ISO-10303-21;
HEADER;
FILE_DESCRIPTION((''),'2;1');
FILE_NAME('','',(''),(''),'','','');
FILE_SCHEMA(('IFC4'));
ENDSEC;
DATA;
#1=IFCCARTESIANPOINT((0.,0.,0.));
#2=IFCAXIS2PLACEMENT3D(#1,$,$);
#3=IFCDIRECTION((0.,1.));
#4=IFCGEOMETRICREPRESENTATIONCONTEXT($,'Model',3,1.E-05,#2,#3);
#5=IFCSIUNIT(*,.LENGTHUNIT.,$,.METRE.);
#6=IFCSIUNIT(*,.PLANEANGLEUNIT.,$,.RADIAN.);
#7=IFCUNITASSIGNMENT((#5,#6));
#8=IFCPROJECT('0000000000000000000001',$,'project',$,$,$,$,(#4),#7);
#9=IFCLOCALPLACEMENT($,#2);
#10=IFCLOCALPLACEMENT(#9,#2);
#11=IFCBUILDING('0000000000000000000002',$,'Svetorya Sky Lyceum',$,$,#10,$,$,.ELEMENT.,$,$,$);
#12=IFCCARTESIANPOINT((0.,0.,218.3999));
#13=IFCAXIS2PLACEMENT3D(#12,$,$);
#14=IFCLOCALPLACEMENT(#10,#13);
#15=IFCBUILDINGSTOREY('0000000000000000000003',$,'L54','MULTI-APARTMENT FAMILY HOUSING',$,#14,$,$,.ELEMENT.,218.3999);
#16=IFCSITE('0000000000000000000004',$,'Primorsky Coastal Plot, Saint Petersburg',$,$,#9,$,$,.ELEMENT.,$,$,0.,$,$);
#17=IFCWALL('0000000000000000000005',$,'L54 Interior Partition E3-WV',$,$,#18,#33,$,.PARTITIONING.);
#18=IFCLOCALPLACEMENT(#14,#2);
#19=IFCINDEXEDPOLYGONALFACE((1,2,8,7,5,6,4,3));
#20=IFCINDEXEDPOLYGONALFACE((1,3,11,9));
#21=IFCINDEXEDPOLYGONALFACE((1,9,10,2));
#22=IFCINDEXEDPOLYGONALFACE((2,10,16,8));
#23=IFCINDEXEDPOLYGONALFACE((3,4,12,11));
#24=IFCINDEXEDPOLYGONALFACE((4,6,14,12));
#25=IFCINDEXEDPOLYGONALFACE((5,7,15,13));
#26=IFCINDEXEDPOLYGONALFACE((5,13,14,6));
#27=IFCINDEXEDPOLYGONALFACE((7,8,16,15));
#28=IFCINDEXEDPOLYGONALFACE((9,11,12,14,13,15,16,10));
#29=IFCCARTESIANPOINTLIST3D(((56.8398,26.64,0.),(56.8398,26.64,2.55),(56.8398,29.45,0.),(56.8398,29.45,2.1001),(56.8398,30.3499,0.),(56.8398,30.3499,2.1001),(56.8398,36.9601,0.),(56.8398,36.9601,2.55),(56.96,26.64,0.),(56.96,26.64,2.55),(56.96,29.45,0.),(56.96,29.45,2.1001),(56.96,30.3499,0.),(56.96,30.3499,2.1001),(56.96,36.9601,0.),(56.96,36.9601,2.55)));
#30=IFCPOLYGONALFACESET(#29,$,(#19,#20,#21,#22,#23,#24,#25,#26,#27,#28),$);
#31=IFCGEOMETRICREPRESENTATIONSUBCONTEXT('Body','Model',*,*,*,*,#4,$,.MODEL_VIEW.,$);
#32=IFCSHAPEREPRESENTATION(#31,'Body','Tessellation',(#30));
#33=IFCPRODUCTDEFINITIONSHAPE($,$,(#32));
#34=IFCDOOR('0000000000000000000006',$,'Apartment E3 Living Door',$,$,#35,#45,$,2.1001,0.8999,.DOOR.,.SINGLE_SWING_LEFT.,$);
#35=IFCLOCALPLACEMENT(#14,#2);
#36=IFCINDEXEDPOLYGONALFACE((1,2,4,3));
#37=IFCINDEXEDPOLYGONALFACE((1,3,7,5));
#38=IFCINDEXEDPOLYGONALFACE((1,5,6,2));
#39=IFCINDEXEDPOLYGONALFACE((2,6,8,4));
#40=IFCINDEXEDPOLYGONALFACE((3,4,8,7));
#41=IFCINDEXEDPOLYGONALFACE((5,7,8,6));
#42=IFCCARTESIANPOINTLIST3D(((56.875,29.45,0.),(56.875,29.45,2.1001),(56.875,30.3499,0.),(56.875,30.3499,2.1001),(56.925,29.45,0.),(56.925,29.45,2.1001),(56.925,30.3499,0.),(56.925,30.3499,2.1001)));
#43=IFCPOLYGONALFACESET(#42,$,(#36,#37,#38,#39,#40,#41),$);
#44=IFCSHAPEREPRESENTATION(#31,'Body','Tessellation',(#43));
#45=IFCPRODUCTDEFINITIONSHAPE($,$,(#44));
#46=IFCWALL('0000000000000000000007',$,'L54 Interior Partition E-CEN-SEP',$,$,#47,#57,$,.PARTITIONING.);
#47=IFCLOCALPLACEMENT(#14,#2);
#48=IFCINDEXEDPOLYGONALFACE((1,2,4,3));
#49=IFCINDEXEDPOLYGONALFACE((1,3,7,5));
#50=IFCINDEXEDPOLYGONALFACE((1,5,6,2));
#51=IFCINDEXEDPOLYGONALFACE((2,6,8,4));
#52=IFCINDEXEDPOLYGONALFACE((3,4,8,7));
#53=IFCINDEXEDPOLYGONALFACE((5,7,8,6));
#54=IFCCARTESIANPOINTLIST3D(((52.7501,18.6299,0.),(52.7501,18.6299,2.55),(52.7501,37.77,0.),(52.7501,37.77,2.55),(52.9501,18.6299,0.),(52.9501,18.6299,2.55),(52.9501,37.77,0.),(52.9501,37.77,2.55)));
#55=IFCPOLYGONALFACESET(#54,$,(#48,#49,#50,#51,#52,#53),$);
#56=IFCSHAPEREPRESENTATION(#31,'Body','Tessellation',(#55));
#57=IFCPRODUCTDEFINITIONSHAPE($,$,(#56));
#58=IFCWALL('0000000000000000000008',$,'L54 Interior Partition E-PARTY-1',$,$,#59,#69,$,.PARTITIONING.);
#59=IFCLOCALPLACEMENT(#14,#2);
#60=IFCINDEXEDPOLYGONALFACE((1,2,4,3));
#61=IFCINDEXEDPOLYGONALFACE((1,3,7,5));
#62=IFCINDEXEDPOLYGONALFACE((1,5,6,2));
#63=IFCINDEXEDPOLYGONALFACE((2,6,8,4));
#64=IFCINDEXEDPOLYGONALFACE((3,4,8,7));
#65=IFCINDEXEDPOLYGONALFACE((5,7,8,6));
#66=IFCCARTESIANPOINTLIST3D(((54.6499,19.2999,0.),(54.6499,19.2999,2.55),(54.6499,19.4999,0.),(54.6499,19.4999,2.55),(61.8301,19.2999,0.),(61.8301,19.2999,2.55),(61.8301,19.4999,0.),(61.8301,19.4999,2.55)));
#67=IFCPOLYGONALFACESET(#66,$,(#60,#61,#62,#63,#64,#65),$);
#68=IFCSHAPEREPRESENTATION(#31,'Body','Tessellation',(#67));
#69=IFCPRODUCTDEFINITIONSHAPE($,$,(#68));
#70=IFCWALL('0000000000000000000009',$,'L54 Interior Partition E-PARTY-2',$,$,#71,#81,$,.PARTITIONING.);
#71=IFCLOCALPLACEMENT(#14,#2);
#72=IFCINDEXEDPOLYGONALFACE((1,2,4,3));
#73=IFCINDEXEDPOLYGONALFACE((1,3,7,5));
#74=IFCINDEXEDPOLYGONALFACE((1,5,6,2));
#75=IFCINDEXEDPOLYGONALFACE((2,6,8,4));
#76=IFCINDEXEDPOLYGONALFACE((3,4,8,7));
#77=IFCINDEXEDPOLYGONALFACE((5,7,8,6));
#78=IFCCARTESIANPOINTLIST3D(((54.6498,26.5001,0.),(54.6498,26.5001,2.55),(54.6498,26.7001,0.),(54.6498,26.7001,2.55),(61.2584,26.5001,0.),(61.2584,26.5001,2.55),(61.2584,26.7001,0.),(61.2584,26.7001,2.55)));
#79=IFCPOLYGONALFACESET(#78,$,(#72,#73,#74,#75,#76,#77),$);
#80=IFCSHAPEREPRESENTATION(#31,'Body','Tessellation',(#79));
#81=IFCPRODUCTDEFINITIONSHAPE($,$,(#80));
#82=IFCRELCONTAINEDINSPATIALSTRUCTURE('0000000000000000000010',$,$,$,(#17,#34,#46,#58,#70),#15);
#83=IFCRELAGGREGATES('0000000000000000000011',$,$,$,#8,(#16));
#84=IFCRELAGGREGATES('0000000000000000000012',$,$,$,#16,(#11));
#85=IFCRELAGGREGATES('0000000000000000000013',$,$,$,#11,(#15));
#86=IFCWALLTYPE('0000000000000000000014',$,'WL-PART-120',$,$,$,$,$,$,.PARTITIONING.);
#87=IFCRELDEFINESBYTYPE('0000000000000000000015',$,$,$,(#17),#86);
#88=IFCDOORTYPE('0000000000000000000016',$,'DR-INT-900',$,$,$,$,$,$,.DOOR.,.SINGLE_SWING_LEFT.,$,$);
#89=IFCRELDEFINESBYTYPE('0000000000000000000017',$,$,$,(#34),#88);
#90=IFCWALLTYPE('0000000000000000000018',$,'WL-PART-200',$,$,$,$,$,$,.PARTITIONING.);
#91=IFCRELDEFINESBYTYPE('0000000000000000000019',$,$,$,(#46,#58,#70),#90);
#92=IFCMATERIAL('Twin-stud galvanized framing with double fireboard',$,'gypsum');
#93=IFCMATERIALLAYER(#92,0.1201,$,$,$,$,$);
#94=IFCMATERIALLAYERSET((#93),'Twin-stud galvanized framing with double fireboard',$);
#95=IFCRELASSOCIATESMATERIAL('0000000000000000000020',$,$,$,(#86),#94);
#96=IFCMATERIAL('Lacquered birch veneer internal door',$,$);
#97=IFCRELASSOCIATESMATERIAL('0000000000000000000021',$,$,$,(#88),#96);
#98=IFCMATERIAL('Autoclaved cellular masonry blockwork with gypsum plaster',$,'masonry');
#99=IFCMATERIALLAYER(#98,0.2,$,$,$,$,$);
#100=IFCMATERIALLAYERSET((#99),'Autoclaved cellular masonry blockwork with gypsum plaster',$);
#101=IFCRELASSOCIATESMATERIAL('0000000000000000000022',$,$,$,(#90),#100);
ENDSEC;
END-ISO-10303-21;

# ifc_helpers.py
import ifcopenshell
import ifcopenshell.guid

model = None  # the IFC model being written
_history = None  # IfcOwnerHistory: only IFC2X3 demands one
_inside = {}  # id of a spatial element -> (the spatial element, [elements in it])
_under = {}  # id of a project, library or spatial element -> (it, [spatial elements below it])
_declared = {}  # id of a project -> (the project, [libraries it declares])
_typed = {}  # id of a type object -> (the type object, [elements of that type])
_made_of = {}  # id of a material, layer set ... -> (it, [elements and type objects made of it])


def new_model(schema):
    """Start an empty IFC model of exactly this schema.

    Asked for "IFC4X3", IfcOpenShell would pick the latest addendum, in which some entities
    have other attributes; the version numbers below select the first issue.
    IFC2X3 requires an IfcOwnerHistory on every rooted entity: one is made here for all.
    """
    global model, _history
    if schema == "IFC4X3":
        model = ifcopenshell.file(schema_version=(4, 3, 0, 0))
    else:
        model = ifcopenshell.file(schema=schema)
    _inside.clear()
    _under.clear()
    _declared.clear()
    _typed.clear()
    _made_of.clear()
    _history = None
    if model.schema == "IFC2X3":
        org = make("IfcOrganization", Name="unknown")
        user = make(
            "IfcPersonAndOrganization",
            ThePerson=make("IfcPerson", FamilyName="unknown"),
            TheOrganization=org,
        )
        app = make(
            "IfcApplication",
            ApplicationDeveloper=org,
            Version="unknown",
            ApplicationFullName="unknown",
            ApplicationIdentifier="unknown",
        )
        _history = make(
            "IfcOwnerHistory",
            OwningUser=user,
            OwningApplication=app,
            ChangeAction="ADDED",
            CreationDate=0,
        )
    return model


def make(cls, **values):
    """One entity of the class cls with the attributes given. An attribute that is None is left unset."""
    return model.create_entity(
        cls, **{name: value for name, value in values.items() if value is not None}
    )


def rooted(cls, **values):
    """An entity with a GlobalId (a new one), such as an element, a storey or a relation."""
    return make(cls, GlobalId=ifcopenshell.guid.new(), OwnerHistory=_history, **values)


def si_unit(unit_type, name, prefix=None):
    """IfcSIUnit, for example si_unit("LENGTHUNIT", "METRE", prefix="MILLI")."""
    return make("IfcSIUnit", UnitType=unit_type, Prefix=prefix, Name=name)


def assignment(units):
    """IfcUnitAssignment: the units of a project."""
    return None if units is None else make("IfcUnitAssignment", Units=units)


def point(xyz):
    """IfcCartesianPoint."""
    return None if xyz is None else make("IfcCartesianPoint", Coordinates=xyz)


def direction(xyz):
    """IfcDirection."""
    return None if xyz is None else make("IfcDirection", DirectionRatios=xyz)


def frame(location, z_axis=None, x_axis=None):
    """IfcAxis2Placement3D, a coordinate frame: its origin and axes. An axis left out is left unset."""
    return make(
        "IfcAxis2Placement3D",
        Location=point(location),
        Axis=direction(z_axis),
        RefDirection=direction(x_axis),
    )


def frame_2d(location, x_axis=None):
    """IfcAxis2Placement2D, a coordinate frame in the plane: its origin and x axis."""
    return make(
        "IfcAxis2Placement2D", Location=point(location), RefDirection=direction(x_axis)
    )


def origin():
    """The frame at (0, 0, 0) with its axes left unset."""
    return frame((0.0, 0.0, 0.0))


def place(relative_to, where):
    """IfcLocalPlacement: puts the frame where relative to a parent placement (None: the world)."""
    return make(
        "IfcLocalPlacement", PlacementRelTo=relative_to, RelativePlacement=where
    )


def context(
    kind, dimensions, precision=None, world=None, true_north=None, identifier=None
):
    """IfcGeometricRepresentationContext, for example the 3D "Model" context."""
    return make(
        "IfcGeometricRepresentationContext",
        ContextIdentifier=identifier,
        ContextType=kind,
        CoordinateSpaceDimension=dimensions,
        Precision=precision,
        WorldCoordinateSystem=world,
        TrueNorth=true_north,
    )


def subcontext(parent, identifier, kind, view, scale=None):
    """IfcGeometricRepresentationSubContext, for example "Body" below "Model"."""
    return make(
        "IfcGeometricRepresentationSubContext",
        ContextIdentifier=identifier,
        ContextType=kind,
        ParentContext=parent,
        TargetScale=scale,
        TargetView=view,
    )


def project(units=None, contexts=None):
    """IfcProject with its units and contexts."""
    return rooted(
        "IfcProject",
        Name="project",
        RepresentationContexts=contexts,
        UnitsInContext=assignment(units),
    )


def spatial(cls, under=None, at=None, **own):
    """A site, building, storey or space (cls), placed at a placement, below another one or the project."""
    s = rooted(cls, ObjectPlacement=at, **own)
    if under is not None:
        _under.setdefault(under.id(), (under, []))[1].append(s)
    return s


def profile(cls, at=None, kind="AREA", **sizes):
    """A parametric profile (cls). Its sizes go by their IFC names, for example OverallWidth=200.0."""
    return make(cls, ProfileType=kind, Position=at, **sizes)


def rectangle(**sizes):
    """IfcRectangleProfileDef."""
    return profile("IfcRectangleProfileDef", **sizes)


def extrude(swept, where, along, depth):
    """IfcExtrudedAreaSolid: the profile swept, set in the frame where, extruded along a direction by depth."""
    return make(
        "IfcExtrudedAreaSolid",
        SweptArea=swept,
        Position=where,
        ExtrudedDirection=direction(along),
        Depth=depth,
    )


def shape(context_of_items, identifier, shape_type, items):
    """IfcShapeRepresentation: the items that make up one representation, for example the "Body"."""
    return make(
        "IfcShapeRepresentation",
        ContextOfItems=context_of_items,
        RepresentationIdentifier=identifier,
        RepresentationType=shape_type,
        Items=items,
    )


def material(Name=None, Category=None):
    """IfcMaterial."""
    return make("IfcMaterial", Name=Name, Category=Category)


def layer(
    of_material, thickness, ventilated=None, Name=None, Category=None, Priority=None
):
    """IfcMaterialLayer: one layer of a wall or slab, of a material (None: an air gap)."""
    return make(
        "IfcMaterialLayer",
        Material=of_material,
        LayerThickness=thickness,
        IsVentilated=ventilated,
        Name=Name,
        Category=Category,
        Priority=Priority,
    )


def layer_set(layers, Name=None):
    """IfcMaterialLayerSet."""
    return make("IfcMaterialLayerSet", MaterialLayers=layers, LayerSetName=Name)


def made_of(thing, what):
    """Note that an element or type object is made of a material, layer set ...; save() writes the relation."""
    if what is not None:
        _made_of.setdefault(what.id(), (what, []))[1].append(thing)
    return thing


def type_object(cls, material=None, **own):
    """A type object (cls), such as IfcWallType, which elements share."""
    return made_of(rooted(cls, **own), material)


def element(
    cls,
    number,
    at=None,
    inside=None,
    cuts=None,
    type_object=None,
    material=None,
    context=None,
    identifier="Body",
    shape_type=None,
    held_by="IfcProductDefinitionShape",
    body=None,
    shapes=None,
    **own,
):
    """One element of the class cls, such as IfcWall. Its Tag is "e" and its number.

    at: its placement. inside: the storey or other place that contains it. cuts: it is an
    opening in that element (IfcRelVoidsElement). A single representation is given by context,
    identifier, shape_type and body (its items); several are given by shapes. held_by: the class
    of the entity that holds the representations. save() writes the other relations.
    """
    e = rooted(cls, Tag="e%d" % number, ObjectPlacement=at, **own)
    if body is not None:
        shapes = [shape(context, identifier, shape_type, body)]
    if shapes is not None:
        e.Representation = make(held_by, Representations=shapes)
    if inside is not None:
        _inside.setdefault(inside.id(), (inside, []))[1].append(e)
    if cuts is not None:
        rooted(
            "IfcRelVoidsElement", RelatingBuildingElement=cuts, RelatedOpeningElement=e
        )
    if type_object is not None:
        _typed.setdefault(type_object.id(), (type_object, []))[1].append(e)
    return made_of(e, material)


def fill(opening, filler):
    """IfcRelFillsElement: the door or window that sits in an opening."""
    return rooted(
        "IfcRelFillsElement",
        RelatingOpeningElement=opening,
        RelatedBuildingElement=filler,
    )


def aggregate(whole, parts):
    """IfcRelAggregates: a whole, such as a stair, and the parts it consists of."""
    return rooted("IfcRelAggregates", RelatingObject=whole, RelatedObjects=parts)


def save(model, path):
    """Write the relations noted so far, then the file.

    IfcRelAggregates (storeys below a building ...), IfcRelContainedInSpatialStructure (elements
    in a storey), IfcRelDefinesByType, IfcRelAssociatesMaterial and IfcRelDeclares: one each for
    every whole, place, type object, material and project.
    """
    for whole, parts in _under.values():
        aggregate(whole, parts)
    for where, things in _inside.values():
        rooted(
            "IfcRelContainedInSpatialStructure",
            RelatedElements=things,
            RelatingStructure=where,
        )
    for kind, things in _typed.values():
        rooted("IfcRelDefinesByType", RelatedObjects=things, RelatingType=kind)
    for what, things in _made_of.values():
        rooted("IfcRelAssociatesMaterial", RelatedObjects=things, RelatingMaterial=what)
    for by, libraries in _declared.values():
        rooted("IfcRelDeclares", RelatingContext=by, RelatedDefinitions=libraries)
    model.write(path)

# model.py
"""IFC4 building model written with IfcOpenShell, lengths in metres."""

from ifc_helpers import new_model, si_unit, direction, frame, frame_2d, origin, place, context, subcontext, project, spatial, rectangle, extrude, material, layer, layer_set, type_object, element, fill, save


model = new_model("IFC4")

# Units and contexts
model_context = context("Model", 3, precision=1e-05, world=origin(), true_north=direction((0.0, 1.0)))
body_context = subcontext(model_context, "Body", "Model", "MODEL_VIEW")
ifc_project = project(units=[si_unit("LENGTHUNIT", "METRE"), si_unit("PLANEANGLEUNIT", "RADIAN")], contexts=[model_context])

# Site, building, storey
site_placement = place(None, origin())
site = spatial("IfcSite", under=ifc_project, at=site_placement, Name="Primorsky Coastal Plot, Saint Petersburg", CompositionType="ELEMENT", RefElevation=0.0)
building_placement = place(site_placement, origin())
building = spatial("IfcBuilding", under=site, at=building_placement, Name="Svetorya Sky Lyceum", CompositionType="ELEMENT")
storey_placement = place(building_placement, frame((0.0, 0.0, 218.3999)))
storey = spatial("IfcBuildingStorey", under=building, at=storey_placement, Name="L54", Description="MULTI-APARTMENT FAMILY HOUSING", CompositionType="ELEMENT", Elevation=218.3999)

# Wall, opening, door
ifc_material_1 = material(Name="Twin-stud galvanized framing with double fireboard", Category="gypsum")
ifc_layer_1 = layer(ifc_material_1, 0.1201)
ifc_layer_set_1 = layer_set([ifc_layer_1], Name="Twin-stud galvanized framing with double fireboard")
wall_type_1 = type_object("IfcWallType", Name="WL-PART-120", PredefinedType="PARTITIONING", material=ifc_layer_set_1)
ifc_material_2 = material(Name="Lacquered birch veneer internal door")
door_type_1 = type_object("IfcDoorType", Name="DR-INT-900", OperationType="SINGLE_SWING_LEFT", PredefinedType="DOOR", material=ifc_material_2)
wall_1_placement = place(storey_placement, frame((56.8999, 26.6399, 0.0), z_axis=(0.0, 0.0, 1.0), x_axis=(0.0, 1.0, 0.0)))
wall_1 = element("IfcWall", 1, at=wall_1_placement, inside=storey, type_object=wall_type_1, Name="L54 Interior Partition E3-WV", PredefinedType="PARTITIONING", context=body_context, shape_type="SweptSolid", body=[
    extrude(rectangle(XDim=10.3201, YDim=0.1201, at=frame_2d((5.1602, 0.0))), origin(), (0.0, 0.0, 1.0), 2.55),
])
opening_1_placement = place(wall_1_placement, frame((2.8101, 0.0, 0.0)))
opening_1 = element("IfcOpeningElement", 2, at=opening_1_placement, cuts=wall_1, PredefinedType="OPENING", context=body_context, shape_type="SweptSolid", body=[
    extrude(rectangle(XDim=0.8999, YDim=2.1001, at=frame_2d((0.45, 1.05))), frame((0.0, 0.0701, 0.0), z_axis=(0.0, -1.0, 0.0), x_axis=(1.0, 0.0, 0.0)), (0.0, 0.0, 1.0), 0.1401),
])
door_1_placement = place(opening_1_placement, origin())
door_1 = element("IfcDoor", 3, at=door_1_placement, inside=storey, type_object=door_type_1, Name="Apartment E3 Living Door", OperationType="SINGLE_SWING_LEFT", OverallHeight=2.1001, OverallWidth=0.8999, PredefinedType="DOOR", context=body_context, shape_type="SweptSolid", body=[
    extrude(rectangle(XDim=0.8999, YDim=2.1001, at=frame_2d((0.45, 1.05))), frame((0.0, 0.0249, 0.0), z_axis=(0.0, -1.0, 0.0), x_axis=(1.0, 0.0, 0.0)), (0.0, 0.0, 1.0), 0.05),
])
fill(opening_1, door_1)

# Walls
ifc_material_3 = material(Name="Autoclaved cellular masonry blockwork with gypsum plaster", Category="masonry")
ifc_layer_2 = layer(ifc_material_3, 0.2)
ifc_layer_set_2 = layer_set([ifc_layer_2], Name="Autoclaved cellular masonry blockwork with gypsum plaster")
wall_type_2 = type_object("IfcWallType", Name="WL-PART-200", PredefinedType="PARTITIONING", material=ifc_layer_set_2)
wall_2_placement = place(storey_placement, frame((52.8501, 18.6299, 0.0), z_axis=(0.0, 0.0, 1.0), x_axis=(0.0, 1.0, 0.0)))
element("IfcWall", 4, at=wall_2_placement, inside=storey, type_object=wall_type_2, Name="L54 Interior Partition E-CEN-SEP", PredefinedType="PARTITIONING", context=body_context, shape_type="SweptSolid", body=[
    extrude(rectangle(XDim=19.1401, YDim=0.2, at=frame_2d((9.5701, 0.0))), origin(), (0.0, 0.0, 1.0), 2.55),
])
wall_3_placement = place(storey_placement, frame((54.6499, 19.3999, 0.0), z_axis=(0.0, 0.0, 1.0), x_axis=(1.0, 0.0, 0.0)))
element("IfcWall", 5, at=wall_3_placement, inside=storey, type_object=wall_type_2, Name="L54 Interior Partition E-PARTY-1", PredefinedType="PARTITIONING", context=body_context, shape_type="SweptSolid", body=[
    extrude(rectangle(XDim=7.1802, YDim=0.2, at=frame_2d((3.5901, 0.0))), origin(), (0.0, 0.0, 1.0), 2.55),
])
wall_4_placement = place(storey_placement, frame((54.6499, 26.6001, 0.0), z_axis=(0.0, 0.0, 1.0), x_axis=(1.0, 0.0, 0.0)))
element("IfcWall", 6, at=wall_4_placement, inside=storey, type_object=wall_type_2, Name="L54 Interior Partition E-PARTY-2", PredefinedType="PARTITIONING", context=body_context, shape_type="SweptSolid", body=[
    extrude(rectangle(XDim=6.6086, YDim=0.2, at=frame_2d((3.3042, 0.0))), origin(), (0.0, 0.0, 1.0), 2.55),
])

save(model, "model.ifc")
